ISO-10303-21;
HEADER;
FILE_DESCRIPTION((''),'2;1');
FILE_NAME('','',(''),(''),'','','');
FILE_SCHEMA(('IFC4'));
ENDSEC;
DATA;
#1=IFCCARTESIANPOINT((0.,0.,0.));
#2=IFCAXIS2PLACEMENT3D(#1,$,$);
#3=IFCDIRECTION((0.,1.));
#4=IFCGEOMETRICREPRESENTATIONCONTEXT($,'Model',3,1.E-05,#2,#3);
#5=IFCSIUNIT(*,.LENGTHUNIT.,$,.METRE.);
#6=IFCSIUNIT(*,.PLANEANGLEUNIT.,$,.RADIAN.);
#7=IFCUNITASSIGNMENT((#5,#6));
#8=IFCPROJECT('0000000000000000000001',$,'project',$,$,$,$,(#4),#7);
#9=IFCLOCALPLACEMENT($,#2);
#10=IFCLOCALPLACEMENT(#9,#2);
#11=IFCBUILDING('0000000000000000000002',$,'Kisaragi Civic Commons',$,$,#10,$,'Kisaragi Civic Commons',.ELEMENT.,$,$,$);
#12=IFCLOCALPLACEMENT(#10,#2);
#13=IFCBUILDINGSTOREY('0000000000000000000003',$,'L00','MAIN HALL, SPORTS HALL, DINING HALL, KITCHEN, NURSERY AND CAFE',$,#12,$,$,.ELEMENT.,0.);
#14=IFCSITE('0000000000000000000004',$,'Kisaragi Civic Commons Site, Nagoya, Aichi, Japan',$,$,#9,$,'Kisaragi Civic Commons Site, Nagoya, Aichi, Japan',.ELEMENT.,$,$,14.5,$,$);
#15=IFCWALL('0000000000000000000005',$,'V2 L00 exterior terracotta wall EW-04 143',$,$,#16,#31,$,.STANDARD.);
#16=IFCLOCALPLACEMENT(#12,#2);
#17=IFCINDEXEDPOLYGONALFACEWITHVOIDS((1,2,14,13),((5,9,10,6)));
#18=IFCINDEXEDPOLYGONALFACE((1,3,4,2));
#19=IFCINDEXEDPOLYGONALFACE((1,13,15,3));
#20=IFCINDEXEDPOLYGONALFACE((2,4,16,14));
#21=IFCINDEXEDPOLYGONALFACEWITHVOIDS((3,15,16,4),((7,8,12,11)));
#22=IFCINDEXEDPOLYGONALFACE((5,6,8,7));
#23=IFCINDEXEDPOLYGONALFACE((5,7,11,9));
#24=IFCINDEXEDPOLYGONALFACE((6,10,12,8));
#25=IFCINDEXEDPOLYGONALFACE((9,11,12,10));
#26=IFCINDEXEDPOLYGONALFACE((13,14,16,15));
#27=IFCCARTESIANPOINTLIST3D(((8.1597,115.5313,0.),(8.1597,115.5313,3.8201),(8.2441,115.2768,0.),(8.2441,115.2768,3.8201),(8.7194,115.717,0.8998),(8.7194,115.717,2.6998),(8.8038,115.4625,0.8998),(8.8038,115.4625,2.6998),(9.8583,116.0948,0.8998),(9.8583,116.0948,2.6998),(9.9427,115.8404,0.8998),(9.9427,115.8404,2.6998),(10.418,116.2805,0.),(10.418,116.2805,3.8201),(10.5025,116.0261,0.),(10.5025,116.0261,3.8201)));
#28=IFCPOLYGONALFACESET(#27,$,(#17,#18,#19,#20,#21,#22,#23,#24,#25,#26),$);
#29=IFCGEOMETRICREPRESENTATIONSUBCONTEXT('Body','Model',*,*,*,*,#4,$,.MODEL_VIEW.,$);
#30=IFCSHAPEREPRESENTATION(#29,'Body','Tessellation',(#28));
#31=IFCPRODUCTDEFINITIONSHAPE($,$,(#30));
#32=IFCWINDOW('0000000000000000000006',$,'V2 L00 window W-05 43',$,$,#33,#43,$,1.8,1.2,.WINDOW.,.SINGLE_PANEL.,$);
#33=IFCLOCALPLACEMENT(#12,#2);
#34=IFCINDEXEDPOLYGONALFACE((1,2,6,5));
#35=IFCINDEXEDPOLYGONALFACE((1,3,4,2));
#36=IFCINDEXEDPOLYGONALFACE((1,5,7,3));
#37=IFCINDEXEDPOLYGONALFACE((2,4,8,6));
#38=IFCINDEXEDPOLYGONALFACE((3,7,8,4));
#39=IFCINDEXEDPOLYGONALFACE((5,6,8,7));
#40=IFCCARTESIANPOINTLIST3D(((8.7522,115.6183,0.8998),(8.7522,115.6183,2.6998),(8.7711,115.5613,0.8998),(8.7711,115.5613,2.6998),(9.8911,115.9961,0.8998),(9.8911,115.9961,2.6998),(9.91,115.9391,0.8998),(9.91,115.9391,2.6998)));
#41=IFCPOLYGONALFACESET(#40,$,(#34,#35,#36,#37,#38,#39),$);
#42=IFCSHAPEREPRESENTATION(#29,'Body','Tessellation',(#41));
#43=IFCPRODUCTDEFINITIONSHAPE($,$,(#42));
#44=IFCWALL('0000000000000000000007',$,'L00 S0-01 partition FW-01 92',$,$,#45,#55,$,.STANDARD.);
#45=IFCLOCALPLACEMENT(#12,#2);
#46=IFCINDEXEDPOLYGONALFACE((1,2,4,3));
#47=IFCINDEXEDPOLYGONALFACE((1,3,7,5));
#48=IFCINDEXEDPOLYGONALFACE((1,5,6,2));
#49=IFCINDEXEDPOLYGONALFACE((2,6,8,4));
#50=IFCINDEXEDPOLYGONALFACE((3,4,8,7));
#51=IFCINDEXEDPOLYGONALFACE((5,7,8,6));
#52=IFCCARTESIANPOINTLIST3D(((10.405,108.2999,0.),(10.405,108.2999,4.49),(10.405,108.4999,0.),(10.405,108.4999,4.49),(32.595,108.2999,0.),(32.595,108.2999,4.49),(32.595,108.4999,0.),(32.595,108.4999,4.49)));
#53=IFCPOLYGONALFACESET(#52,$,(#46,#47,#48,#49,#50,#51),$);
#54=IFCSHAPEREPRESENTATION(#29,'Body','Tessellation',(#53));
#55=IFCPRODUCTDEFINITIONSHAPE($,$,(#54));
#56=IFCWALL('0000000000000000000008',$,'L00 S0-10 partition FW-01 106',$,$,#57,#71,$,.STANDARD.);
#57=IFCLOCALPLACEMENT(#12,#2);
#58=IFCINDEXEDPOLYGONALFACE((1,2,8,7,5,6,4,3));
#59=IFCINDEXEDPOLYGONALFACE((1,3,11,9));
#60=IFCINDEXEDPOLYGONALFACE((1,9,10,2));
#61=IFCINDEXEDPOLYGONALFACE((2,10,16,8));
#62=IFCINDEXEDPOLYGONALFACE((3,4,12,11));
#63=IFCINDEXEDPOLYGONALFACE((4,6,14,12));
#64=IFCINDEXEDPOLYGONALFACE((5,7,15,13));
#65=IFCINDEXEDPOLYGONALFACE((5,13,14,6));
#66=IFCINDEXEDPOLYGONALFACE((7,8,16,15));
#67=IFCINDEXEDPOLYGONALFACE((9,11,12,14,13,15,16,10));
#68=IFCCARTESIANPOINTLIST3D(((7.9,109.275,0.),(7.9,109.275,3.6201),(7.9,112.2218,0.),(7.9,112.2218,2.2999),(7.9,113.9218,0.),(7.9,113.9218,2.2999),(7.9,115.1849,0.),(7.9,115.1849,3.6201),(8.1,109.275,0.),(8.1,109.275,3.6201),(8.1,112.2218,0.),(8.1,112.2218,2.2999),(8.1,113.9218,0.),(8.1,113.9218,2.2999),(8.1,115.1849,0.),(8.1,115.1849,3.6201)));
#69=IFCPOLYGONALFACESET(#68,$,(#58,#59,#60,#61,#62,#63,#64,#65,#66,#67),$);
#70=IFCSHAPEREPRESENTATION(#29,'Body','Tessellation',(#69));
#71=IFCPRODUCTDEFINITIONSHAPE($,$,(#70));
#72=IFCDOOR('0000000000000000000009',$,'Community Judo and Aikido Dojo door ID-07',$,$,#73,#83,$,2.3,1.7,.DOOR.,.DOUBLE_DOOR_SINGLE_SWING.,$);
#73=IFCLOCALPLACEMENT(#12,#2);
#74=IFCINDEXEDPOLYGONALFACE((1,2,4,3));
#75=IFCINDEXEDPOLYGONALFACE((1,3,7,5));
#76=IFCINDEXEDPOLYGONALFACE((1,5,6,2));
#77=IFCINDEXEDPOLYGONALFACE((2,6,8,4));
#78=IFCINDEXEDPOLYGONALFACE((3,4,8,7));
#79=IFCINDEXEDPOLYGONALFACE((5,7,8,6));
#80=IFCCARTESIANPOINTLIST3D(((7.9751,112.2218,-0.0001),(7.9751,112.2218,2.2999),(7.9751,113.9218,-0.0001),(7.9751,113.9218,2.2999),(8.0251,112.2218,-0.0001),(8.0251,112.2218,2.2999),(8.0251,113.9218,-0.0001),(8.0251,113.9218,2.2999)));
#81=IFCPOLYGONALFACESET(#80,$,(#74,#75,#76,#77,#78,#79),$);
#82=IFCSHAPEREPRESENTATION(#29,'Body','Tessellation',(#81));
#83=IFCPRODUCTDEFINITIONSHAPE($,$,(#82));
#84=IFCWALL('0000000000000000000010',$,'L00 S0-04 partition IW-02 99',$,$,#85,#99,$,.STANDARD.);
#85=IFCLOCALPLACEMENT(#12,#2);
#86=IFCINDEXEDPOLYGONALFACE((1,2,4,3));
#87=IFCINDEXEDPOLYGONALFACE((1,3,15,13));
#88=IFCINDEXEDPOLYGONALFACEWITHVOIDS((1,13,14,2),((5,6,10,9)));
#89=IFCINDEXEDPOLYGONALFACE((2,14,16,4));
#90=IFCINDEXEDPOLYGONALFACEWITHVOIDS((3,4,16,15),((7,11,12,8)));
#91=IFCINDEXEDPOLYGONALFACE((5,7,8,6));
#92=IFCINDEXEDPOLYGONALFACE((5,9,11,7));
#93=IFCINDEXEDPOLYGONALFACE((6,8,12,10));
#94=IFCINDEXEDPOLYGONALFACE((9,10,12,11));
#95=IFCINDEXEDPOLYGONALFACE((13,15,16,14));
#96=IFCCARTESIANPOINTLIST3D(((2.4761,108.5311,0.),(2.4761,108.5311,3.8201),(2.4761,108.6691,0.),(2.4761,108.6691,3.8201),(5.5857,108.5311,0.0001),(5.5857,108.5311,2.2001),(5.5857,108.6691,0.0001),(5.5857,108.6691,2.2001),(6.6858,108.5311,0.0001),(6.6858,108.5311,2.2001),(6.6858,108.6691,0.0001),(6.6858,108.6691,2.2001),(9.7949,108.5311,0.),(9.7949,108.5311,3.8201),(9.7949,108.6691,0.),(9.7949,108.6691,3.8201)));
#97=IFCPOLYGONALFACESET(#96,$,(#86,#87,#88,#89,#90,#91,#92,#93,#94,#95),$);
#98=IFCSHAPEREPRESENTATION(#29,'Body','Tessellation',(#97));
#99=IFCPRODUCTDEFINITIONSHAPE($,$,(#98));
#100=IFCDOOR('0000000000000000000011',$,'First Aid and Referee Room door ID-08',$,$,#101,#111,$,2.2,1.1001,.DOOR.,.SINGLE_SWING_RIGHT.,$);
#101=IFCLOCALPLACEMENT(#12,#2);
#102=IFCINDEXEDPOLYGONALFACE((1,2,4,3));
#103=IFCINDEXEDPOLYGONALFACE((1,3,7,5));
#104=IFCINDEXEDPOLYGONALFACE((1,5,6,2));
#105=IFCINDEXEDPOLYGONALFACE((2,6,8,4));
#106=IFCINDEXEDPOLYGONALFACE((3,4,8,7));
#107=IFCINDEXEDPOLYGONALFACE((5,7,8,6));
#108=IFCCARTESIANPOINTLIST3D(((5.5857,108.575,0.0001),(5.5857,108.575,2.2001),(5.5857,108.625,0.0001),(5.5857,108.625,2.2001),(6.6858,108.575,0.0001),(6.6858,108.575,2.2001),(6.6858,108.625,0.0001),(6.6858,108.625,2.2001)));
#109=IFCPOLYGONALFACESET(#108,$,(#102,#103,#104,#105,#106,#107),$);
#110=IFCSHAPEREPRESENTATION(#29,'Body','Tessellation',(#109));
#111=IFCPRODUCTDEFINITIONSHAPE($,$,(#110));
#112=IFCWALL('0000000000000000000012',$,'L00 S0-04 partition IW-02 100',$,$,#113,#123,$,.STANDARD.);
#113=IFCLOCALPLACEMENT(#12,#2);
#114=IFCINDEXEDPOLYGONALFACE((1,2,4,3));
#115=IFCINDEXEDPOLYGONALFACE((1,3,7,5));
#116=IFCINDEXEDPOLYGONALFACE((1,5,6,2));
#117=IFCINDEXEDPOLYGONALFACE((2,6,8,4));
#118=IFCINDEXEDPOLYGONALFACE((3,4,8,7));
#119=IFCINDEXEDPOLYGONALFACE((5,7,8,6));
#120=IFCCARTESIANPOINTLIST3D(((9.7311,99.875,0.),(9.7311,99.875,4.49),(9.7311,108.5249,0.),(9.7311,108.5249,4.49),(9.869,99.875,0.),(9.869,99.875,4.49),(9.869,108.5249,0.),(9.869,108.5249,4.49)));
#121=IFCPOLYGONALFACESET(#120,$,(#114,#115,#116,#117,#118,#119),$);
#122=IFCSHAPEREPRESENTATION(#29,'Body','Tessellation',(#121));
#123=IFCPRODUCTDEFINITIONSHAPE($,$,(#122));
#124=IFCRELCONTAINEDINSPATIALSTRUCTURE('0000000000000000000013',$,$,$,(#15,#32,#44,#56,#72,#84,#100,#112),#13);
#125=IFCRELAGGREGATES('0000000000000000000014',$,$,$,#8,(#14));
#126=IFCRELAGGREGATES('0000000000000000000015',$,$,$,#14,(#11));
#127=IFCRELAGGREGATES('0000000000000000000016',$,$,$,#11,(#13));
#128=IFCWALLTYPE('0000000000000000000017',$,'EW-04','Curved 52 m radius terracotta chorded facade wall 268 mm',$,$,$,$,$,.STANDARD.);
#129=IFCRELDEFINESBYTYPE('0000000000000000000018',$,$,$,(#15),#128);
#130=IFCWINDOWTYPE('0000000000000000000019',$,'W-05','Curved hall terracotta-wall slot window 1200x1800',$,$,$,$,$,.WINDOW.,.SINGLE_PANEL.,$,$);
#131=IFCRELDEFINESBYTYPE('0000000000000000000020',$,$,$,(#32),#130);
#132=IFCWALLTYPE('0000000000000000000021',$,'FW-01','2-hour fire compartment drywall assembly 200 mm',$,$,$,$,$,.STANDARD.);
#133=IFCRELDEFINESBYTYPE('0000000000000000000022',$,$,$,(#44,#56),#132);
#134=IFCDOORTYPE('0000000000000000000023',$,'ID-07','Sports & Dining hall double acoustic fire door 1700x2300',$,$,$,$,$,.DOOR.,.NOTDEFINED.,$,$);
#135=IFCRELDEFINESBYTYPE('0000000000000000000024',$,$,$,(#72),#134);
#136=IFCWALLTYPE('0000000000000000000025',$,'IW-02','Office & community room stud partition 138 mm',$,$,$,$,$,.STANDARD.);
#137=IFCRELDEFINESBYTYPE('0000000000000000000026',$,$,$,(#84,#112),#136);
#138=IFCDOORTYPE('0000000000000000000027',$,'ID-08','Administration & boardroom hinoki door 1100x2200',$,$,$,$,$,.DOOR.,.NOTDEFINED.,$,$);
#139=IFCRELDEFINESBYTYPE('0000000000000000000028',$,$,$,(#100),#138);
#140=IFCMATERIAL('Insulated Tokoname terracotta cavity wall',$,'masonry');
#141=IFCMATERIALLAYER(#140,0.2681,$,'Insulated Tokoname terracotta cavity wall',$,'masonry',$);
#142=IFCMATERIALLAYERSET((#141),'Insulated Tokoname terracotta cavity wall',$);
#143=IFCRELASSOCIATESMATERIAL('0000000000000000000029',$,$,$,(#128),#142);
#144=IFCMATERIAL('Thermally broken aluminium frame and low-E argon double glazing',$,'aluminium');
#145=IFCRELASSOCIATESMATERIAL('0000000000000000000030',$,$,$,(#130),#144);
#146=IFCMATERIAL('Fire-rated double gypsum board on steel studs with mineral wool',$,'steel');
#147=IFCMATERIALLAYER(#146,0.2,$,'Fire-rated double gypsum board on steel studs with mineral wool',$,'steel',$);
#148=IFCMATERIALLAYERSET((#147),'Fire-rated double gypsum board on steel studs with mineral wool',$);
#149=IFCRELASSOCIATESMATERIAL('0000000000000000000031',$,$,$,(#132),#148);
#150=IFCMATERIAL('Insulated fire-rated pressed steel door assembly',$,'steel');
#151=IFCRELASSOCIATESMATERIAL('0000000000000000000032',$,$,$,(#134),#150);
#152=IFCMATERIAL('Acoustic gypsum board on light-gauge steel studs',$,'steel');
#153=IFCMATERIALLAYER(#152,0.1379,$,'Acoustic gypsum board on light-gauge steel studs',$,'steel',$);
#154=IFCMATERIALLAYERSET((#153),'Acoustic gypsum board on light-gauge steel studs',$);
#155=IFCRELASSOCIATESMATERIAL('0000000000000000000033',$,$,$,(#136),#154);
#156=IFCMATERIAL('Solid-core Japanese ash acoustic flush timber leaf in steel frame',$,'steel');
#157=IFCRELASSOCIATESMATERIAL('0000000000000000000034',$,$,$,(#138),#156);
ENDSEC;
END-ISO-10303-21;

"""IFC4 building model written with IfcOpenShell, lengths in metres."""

from ifc_helpers import new_model, si_unit, direction, frame, frame_2d, origin, place, context, subcontext, project, spatial, rectangle, extrude, material, layer, layer_set, type_object, element, fill, save


model = new_model("IFC4")

# Units and contexts
model_context = context("Model", 3, precision=1e-05, world=origin(), true_north=direction((0.0, 1.0)))
body_context = subcontext(model_context, "Body", "Model", "MODEL_VIEW")
ifc_project = project(units=[si_unit("LENGTHUNIT", "METRE"), si_unit("PLANEANGLEUNIT", "RADIAN")], contexts=[model_context])

# Site, building, storey
site_placement = place(None, origin())
site = spatial("IfcSite", under=ifc_project, at=site_placement, Name="Kisaragi Civic Commons Site, Nagoya, Aichi, Japan", LongName="Kisaragi Civic Commons Site, Nagoya, Aichi, Japan", CompositionType="ELEMENT", RefElevation=14.5)
building_placement = place(site_placement, origin())
building = spatial("IfcBuilding", under=site, at=building_placement, Name="Kisaragi Civic Commons", LongName="Kisaragi Civic Commons", CompositionType="ELEMENT")
storey_placement = place(building_placement, origin())
storey = spatial("IfcBuildingStorey", under=building, at=storey_placement, Name="L00", Description="MAIN HALL, SPORTS HALL, DINING HALL, KITCHEN, NURSERY AND CAFE", CompositionType="ELEMENT", Elevation=0.0)

# Shared definitions
ifc_material_1 = material(Name="Insulated Tokoname terracotta cavity wall", Category="masonry")
ifc_layer_1 = layer(ifc_material_1, 0.2681, Name="Insulated Tokoname terracotta cavity wall", Category="masonry")
ifc_layer_set_1 = layer_set([ifc_layer_1], Name="Insulated Tokoname terracotta cavity wall")
wall_type_1 = type_object("IfcWallType", Name="EW-04", Description="Curved 52 m radius terracotta chorded facade wall 268 mm", PredefinedType="STANDARD", material=ifc_layer_set_1)
ifc_material_2 = material(Name="Thermally broken aluminium frame and low-E argon double glazing", Category="aluminium")
window_type = type_object("IfcWindowType", Name="W-05", Description="Curved hall terracotta-wall slot window 1200x1800", PartitioningType="SINGLE_PANEL", PredefinedType="WINDOW", material=ifc_material_2)

# Wall, opening, window
wall_1_placement = place(storey_placement, frame((8.2019, 115.4041, 0.0), z_axis=(0.0, 0.0, 1.0), x_axis=(0.949124, 0.314904, 0.0)))
wall_1 = element("IfcWall", 1, at=wall_1_placement, inside=storey, type_object=wall_type_1, Name="V2 L00 exterior terracotta wall EW-04 143", PredefinedType="STANDARD", context=body_context, shape_type="SweptSolid", body=[
    extrude(rectangle(XDim=2.3794, YDim=0.2681, at=frame_2d((1.1897, 0.0))), origin(), (0.0, 0.0, 1.0), 3.8201),
])
opening_1_placement = place(wall_1_placement, frame((0.5896, 0.0, 0.8999)))
opening_1 = element("IfcOpeningElement", 2, at=opening_1_placement, cuts=wall_1, PredefinedType="OPENING", context=body_context, shape_type="SweptSolid", body=[
    extrude(rectangle(XDim=1.2, YDim=1.8, at=frame_2d((0.6001, 0.8999))), frame((0.0, 0.144, 0.0), z_axis=(0.0, -1.0, 0.0), x_axis=(1.0, 0.0, 0.0)), (0.0, 0.0, 1.0), 0.2881),
])
window_1_placement = place(opening_1_placement, origin())
window_1 = element("IfcWindow", 3, at=window_1_placement, inside=storey, type_object=window_type, Name="V2 L00 window W-05 43", OverallHeight=1.8, OverallWidth=1.2, PartitioningType="SINGLE_PANEL", PredefinedType="WINDOW", context=body_context, shape_type="SweptSolid", body=[
    extrude(rectangle(XDim=1.2, YDim=1.8, at=frame_2d((0.6001, 0.8999))), frame((0.0, 0.03, 0.0), z_axis=(0.0, -1.0, 0.0), x_axis=(1.0, 0.0, 0.0)), (0.0, 0.0, 1.0), 0.0601),
])
fill(opening_1, window_1)

# Wall
ifc_material_3 = material(Name="Fire-rated double gypsum board on steel studs with mineral wool", Category="steel")
ifc_layer_2 = layer(ifc_material_3, 0.2, Name="Fire-rated double gypsum board on steel studs with mineral wool", Category="steel")
ifc_layer_set_2 = layer_set([ifc_layer_2], Name="Fire-rated double gypsum board on steel studs with mineral wool")
wall_type_2 = type_object("IfcWallType", Name="FW-01", Description="2-hour fire compartment drywall assembly 200 mm", PredefinedType="STANDARD", material=ifc_layer_set_2)
wall_2_placement = place(storey_placement, frame((10.405, 108.3999, 0.0), z_axis=(0.0, 0.0, 1.0), x_axis=(1.0, 0.0, 0.0)))
element("IfcWall", 4, at=wall_2_placement, inside=storey, type_object=wall_type_2, Name="L00 S0-01 partition FW-01 92", PredefinedType="STANDARD", context=body_context, shape_type="SweptSolid", body=[
    extrude(rectangle(XDim=22.1899, YDim=0.2, at=frame_2d((11.095, 0.0))), origin(), (0.0, 0.0, 1.0), 4.49),
])

# Walls, openings, doors
wall_3_placement = place(storey_placement, frame((8.0, 109.2749, 0.0), z_axis=(0.0, 0.0, 1.0), x_axis=(0.0, 1.0, 0.0)))
wall_3 = element("IfcWall", 5, at=wall_3_placement, inside=storey, type_object=wall_type_2, Name="L00 S0-10 partition FW-01 106", PredefinedType="STANDARD", context=body_context, shape_type="SweptSolid", body=[
    extrude(rectangle(XDim=5.9099, YDim=0.2, at=frame_2d((2.9551, 0.0))), origin(), (0.0, 0.0, 1.0), 3.6201),
])
opening_2_placement = place(wall_3_placement, frame((2.9468, 0.0, 0.0)))
opening_2 = element("IfcOpeningElement", 6, at=opening_2_placement, cuts=wall_3, PredefinedType="OPENING", context=body_context, shape_type="SweptSolid", body=[
    extrude(rectangle(XDim=1.7, YDim=2.3, at=frame_2d((0.8501, 1.1499))), frame((0.0, 0.1099, 0.0), z_axis=(0.0, -1.0, 0.0), x_axis=(1.0, 0.0, 0.0)), (0.0, 0.0, 1.0), 0.22),
])
ifc_material_4 = material(Name="Insulated fire-rated pressed steel door assembly", Category="steel")
door_type_1 = type_object("IfcDoorType", Name="ID-07", Description="Sports & Dining hall double acoustic fire door 1700x2300", OperationType="NOTDEFINED", PredefinedType="DOOR", material=ifc_material_4)
door_1_placement = place(opening_2_placement, origin())
door_1 = element("IfcDoor", 7, at=door_1_placement, inside=storey, type_object=door_type_1, Name="Community Judo and Aikido Dojo door ID-07", OperationType="DOUBLE_DOOR_SINGLE_SWING", OverallHeight=2.3, OverallWidth=1.7, PredefinedType="DOOR", context=body_context, shape_type="SweptSolid", body=[
    extrude(rectangle(XDim=1.7, YDim=2.3, at=frame_2d((0.8501, 1.1499))), frame((0.0, 0.0249, 0.0), z_axis=(0.0, -1.0, 0.0), x_axis=(1.0, 0.0, 0.0)), (0.0, 0.0, 1.0), 0.05),
])
fill(opening_2, door_1)
ifc_material_5 = material(Name="Acoustic gypsum board on light-gauge steel studs", Category="steel")
ifc_layer_3 = layer(ifc_material_5, 0.1379, Name="Acoustic gypsum board on light-gauge steel studs", Category="steel")
ifc_layer_set_3 = layer_set([ifc_layer_3], Name="Acoustic gypsum board on light-gauge steel studs")
wall_type_3 = type_object("IfcWallType", Name="IW-02", Description="Office & community room stud partition 138 mm", PredefinedType="STANDARD", material=ifc_layer_set_3)
wall_4_placement = place(storey_placement, frame((2.4761, 108.6001, 0.0), z_axis=(0.0, 0.0, 1.0), x_axis=(1.0, 0.0, 0.0)))
wall_4 = element("IfcWall", 8, at=wall_4_placement, inside=storey, type_object=wall_type_3, Name="L00 S0-04 partition IW-02 99", PredefinedType="STANDARD", context=body_context, shape_type="SweptSolid", body=[
    extrude(rectangle(XDim=7.3188, YDim=0.1379, at=frame_2d((3.6594, 0.0))), origin(), (0.0, 0.0, 1.0), 3.8201),
])
opening_3_placement = place(wall_4_placement, frame((3.1096, 0.0, 0.0)))
opening_3 = element("IfcOpeningElement", 9, at=opening_3_placement, cuts=wall_4, PredefinedType="OPENING", context=body_context, shape_type="SweptSolid", body=[
    extrude(rectangle(XDim=1.1001, YDim=2.2, at=frame_2d((0.55, 1.1001))), frame((0.0, 0.0789, 0.0), z_axis=(0.0, -1.0, 0.0), x_axis=(1.0, 0.0, 0.0)), (0.0, 0.0, 1.0), 0.158),
])
ifc_material_6 = material(Name="Solid-core Japanese ash acoustic flush timber leaf in steel frame", Category="steel")
door_type_2 = type_object("IfcDoorType", Name="ID-08", Description="Administration & boardroom hinoki door 1100x2200", OperationType="NOTDEFINED", PredefinedType="DOOR", material=ifc_material_6)
door_2_placement = place(opening_3_placement, origin())
door_2 = element("IfcDoor", 10, at=door_2_placement, inside=storey, type_object=door_type_2, Name="First Aid and Referee Room door ID-08", OperationType="SINGLE_SWING_RIGHT", OverallHeight=2.2, OverallWidth=1.1001, PredefinedType="DOOR", context=body_context, shape_type="SweptSolid", body=[
    extrude(rectangle(XDim=1.1001, YDim=2.2, at=frame_2d((0.55, 1.1001))), frame((0.0, 0.0249, 0.0), z_axis=(0.0, -1.0, 0.0), x_axis=(1.0, 0.0, 0.0)), (0.0, 0.0, 1.0), 0.05),
])
fill(opening_3, door_2)

# Wall
wall_5_placement = place(storey_placement, frame((9.8, 108.5249, 0.0), z_axis=(0.0, 0.0, 1.0), x_axis=(0.0, -1.0, 0.0)))
element("IfcWall", 11, at=wall_5_placement, inside=storey, type_object=wall_type_3, Name="L00 S0-04 partition IW-02 100", PredefinedType="STANDARD", context=body_context, shape_type="SweptSolid", body=[
    extrude(rectangle(XDim=8.6499, YDim=0.1379, at=frame_2d((4.325, 0.0))), origin(), (0.0, 0.0, 1.0), 4.49),
])

save(model, "model.ifc")
